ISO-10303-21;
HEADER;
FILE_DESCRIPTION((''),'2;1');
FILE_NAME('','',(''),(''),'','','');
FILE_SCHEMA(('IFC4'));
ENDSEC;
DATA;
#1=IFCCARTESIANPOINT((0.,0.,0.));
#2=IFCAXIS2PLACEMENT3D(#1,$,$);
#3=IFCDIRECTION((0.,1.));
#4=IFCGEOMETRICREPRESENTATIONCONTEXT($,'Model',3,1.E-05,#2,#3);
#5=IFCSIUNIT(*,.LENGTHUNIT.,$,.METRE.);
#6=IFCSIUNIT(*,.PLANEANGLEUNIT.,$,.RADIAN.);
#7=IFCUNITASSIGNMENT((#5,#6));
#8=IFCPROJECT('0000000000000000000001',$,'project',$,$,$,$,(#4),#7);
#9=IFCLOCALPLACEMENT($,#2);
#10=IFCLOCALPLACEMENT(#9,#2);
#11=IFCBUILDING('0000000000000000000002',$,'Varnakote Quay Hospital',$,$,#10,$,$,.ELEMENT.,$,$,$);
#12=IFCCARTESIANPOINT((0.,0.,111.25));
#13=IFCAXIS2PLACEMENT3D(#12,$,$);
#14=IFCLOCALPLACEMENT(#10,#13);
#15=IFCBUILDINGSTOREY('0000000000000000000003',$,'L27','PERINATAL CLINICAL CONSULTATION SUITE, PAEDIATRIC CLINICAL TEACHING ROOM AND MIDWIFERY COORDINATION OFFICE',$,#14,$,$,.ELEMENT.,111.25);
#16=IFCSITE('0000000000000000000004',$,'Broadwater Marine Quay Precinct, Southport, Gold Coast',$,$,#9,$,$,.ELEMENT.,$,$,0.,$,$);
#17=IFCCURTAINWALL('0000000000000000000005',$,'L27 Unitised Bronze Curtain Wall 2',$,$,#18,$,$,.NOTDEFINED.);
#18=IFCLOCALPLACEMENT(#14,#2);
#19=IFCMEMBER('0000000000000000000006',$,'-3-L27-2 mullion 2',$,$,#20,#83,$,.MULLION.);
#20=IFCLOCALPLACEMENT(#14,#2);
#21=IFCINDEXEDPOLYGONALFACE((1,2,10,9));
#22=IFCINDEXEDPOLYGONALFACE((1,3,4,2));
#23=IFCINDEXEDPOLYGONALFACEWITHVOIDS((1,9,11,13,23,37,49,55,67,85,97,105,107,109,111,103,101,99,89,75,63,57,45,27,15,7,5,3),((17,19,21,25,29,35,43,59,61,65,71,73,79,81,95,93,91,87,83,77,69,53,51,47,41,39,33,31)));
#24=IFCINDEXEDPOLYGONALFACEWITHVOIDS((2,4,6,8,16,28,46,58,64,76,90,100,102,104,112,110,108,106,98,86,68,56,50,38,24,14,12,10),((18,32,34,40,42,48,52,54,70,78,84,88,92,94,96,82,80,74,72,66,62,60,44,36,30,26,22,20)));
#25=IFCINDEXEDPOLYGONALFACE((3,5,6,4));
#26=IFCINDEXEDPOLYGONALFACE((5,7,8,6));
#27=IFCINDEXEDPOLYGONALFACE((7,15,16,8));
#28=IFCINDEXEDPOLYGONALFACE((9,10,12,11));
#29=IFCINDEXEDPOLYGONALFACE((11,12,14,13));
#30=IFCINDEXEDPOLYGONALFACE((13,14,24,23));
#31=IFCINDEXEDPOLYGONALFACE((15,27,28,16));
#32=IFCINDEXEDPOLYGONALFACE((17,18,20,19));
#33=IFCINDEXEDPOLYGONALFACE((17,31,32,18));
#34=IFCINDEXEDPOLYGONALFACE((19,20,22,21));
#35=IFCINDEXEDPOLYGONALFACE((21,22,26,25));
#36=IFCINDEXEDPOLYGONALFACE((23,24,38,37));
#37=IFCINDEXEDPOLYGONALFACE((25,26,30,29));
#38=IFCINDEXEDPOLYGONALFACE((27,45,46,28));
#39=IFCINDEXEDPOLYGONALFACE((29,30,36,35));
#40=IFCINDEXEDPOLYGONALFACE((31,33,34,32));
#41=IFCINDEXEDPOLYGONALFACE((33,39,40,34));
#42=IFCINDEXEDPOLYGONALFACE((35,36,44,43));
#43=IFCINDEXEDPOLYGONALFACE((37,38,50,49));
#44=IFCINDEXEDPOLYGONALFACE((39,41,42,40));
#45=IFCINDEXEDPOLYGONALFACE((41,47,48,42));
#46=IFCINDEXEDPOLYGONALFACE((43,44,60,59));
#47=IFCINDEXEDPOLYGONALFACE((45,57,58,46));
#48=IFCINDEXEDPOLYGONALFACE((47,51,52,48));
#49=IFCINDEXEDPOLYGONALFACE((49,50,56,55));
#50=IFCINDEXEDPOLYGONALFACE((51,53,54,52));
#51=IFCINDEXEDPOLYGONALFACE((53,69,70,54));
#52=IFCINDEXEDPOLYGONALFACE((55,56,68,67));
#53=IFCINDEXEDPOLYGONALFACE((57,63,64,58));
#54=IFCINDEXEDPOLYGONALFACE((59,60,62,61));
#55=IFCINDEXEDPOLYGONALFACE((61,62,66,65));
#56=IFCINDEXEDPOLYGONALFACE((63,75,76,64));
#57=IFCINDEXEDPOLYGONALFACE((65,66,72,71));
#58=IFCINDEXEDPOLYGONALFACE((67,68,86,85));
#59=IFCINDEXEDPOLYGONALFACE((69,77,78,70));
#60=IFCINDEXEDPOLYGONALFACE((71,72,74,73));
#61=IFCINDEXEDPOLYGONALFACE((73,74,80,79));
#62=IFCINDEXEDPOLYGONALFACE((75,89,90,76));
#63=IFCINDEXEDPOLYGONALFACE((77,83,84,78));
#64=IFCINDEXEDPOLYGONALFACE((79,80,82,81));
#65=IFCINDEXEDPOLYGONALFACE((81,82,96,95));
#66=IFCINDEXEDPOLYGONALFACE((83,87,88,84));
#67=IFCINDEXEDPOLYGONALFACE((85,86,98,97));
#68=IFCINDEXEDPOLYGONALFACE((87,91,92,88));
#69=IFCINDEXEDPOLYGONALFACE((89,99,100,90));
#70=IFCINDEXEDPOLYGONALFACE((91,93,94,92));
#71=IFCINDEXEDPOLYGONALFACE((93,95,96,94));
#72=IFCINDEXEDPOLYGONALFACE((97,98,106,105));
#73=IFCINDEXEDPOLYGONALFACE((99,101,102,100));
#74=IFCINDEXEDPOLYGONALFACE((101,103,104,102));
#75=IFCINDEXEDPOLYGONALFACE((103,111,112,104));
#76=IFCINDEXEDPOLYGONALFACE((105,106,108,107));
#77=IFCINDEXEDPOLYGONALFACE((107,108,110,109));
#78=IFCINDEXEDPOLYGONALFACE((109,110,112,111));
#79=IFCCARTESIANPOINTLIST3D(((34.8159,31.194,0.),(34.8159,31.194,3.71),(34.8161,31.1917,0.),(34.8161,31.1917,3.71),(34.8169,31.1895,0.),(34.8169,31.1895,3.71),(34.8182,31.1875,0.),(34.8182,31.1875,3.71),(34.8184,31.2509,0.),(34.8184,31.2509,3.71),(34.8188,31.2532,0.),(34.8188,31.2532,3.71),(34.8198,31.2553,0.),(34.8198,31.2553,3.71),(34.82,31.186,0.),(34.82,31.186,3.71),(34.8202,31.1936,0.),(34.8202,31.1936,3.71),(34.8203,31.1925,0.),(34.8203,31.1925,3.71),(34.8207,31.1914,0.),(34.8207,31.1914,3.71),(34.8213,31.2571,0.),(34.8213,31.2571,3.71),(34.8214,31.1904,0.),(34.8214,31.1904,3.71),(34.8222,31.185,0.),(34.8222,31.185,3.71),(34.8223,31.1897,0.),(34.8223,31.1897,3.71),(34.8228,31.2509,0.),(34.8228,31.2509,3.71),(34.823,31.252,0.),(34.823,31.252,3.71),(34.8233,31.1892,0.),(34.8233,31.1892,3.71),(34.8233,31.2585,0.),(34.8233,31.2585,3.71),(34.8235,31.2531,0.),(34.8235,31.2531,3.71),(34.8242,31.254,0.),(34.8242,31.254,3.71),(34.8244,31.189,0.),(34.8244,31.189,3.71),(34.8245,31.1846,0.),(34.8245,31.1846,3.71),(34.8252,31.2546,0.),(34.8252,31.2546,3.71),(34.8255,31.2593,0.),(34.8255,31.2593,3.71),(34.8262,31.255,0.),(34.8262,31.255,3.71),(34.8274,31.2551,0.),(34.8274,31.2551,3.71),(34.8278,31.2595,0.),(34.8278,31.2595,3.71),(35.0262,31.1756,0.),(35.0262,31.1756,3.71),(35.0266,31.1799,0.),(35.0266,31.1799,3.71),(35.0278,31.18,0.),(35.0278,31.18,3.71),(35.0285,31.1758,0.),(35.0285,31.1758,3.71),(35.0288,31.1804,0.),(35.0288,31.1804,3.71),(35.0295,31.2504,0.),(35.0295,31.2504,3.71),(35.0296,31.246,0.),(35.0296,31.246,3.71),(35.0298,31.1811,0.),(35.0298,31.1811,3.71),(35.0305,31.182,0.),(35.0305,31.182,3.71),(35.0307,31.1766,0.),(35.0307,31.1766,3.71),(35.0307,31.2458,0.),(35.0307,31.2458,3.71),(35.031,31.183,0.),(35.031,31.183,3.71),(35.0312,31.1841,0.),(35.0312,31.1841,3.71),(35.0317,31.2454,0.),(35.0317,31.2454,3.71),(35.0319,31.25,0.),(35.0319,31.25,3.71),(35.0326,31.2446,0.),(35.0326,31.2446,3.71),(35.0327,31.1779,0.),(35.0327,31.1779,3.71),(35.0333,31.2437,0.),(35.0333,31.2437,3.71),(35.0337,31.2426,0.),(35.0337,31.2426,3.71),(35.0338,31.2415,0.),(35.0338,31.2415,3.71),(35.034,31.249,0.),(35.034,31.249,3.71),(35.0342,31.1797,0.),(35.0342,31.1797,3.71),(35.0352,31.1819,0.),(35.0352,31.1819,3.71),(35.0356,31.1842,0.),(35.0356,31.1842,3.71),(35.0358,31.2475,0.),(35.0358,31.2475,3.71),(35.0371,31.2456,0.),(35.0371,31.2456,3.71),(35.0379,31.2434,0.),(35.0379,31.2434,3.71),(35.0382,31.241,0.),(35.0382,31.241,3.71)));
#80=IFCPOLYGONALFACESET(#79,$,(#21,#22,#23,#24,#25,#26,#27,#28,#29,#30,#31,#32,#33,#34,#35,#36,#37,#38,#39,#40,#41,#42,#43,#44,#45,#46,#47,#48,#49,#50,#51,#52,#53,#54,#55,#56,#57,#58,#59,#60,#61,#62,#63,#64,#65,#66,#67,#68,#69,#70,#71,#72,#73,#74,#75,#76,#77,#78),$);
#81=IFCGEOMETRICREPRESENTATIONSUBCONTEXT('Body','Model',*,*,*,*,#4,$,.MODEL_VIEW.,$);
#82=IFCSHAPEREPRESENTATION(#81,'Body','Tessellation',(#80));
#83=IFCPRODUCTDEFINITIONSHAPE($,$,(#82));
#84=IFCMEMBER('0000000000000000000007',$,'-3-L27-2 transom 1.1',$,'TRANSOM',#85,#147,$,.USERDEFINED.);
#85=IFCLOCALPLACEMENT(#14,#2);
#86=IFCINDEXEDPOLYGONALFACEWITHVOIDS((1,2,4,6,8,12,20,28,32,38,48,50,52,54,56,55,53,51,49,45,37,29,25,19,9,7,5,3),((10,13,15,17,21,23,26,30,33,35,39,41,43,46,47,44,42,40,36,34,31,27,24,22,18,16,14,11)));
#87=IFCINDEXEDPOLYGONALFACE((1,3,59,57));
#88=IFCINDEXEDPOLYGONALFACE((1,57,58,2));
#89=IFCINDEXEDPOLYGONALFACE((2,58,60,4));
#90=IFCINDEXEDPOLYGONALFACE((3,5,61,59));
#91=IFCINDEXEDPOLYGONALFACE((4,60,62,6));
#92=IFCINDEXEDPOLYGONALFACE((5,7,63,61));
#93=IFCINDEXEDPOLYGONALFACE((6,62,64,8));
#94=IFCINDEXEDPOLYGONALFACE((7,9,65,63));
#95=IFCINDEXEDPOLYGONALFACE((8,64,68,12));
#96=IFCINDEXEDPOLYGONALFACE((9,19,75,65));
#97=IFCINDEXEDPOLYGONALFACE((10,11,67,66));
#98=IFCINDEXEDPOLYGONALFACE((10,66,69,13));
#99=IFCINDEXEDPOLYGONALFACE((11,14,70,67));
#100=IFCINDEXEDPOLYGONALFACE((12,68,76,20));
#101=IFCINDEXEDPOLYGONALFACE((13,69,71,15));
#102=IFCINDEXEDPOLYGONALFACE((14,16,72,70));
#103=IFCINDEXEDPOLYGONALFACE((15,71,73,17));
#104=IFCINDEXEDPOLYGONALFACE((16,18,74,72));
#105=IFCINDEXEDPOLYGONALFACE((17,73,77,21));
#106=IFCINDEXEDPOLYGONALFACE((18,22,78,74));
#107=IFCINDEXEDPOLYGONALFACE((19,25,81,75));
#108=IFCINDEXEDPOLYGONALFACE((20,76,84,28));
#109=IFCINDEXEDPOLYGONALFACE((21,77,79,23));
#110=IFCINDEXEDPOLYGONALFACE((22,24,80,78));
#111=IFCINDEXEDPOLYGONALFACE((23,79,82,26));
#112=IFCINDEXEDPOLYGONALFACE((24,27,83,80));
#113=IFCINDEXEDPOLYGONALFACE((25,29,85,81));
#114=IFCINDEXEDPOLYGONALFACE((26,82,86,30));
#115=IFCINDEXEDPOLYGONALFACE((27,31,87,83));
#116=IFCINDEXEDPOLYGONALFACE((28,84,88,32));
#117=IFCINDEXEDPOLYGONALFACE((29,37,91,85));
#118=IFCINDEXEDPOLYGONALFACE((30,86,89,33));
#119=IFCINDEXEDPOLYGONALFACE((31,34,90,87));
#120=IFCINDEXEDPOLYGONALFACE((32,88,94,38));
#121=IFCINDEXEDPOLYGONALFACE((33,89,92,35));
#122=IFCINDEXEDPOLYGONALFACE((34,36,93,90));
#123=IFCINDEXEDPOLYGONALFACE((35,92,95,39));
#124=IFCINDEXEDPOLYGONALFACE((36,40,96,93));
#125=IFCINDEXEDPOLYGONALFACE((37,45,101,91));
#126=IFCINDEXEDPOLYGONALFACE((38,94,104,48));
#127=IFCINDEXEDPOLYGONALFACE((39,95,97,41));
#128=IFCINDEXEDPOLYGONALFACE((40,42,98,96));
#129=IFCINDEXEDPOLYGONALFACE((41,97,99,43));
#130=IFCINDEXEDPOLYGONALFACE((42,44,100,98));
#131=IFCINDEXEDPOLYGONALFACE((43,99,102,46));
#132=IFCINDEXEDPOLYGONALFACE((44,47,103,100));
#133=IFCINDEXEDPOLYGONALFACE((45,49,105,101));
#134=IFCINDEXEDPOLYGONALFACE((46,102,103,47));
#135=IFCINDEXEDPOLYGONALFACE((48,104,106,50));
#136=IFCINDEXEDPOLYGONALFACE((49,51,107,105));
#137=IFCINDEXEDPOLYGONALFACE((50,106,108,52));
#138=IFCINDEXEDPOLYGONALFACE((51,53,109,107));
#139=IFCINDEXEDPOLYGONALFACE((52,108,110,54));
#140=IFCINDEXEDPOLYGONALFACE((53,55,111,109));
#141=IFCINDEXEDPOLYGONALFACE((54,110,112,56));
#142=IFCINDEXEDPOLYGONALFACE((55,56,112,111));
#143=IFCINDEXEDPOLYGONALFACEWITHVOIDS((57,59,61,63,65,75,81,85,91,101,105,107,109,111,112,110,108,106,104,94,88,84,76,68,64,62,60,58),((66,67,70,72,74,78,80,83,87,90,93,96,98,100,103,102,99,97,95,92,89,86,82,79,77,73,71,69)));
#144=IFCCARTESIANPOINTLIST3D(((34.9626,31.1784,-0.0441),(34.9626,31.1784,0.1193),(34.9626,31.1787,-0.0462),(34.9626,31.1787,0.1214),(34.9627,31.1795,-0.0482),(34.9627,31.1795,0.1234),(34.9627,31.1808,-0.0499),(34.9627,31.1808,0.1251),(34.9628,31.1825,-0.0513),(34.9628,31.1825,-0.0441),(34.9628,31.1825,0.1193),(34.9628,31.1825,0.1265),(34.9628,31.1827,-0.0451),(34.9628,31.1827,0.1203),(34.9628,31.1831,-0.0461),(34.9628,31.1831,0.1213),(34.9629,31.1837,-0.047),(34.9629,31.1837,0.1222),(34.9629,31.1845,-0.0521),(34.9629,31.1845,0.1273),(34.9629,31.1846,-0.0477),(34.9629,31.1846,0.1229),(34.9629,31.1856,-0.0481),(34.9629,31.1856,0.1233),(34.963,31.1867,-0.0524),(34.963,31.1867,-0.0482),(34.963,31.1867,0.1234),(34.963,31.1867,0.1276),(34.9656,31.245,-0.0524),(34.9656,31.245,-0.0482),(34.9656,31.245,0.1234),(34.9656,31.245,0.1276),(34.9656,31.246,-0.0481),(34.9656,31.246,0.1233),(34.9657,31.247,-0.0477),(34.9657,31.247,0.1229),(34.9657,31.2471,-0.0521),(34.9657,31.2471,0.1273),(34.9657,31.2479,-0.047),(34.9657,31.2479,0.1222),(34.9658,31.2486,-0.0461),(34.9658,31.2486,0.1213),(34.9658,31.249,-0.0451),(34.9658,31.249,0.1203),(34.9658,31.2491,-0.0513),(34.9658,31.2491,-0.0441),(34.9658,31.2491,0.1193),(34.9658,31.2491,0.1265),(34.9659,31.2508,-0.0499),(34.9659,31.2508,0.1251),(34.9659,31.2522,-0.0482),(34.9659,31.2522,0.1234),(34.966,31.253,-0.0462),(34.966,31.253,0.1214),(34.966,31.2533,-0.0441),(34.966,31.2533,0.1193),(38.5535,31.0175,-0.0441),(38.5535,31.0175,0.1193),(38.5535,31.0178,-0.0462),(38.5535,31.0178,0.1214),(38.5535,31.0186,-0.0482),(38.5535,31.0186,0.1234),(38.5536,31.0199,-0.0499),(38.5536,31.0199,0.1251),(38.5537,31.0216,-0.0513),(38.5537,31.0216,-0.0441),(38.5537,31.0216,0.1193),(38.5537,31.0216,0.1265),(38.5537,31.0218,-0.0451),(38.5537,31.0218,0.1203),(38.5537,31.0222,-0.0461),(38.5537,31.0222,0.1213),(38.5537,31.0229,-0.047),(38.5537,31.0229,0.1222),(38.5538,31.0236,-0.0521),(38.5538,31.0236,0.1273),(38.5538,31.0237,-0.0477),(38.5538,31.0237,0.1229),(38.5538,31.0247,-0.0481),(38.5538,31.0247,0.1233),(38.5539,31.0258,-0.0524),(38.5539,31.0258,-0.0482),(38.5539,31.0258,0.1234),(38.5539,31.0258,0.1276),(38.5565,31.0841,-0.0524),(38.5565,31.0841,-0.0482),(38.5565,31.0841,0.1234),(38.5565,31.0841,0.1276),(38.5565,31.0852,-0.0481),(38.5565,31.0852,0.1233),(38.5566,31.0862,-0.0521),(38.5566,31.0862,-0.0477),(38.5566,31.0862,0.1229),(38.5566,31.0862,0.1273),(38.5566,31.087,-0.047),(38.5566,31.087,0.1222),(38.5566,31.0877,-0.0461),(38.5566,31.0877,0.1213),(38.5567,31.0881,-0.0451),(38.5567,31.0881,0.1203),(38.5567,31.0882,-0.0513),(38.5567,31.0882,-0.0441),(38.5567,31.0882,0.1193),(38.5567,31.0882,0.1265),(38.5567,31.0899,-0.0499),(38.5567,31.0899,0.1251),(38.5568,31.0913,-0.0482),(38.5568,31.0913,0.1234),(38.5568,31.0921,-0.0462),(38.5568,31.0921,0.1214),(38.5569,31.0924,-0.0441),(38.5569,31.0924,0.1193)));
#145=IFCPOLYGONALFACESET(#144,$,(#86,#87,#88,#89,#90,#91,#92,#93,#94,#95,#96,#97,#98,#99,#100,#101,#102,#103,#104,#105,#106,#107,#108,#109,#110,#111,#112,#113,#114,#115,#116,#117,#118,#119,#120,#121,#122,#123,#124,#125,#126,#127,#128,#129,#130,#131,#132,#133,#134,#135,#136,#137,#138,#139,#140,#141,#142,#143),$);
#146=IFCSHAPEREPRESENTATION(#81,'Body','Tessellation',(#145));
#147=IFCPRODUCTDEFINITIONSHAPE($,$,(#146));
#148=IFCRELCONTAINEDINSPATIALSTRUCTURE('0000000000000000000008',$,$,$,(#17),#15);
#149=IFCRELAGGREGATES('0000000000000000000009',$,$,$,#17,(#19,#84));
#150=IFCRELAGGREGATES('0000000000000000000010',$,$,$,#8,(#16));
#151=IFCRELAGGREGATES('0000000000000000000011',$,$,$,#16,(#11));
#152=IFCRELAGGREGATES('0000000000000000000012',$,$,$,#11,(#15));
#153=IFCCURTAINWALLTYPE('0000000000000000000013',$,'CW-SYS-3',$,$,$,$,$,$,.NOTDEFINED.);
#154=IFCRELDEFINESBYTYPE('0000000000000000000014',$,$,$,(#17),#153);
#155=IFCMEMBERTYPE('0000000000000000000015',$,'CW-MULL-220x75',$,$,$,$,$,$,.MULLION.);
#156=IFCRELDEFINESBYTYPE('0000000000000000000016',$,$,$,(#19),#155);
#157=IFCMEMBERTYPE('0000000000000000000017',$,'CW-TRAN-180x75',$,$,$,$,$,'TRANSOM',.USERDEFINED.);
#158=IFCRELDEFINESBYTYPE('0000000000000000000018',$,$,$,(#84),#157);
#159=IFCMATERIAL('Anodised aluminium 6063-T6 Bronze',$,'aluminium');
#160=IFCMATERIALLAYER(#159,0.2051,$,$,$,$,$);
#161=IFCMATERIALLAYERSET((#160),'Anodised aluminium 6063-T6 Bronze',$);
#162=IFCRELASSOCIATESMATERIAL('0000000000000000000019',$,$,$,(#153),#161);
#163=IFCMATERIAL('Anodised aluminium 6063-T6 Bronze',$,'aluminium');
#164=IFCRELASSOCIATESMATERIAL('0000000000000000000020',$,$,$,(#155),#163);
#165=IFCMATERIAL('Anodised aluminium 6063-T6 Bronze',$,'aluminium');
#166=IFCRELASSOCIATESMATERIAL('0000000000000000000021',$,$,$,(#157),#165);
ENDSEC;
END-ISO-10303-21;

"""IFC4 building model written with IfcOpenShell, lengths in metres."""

from ifc_helpers import new_model, si_unit, direction, frame, origin, origin_2d, place, context, subcontext, project, spatial, hollow_rectangle, extrude, material, layer, layer_set, material_profile, profile_set, type_object, element, aggregate, save


model = new_model("IFC4")

# Units and contexts
model_context = context("Model", 3, precision=1e-05, world=origin(), true_north=direction((0.0, 1.0)))
body_context = subcontext(model_context, "Body", "Model", "MODEL_VIEW")
ifc_project = project(units=[si_unit("LENGTHUNIT", "METRE"), si_unit("PLANEANGLEUNIT", "RADIAN")], contexts=[model_context])

# Site, building, storey
site_placement = place(None, origin())
site = spatial("IfcSite", under=ifc_project, at=site_placement, Name="Broadwater Marine Quay Precinct, Southport, Gold Coast", CompositionType="ELEMENT", RefElevation=0.0)
building_placement = place(site_placement, origin())
building = spatial("IfcBuilding", under=site, at=building_placement, Name="Varnakote Quay Hospital", CompositionType="ELEMENT")
storey_placement = place(building_placement, frame((0.0, 0.0, 111.25)))
storey = spatial("IfcBuildingStorey", under=building, at=storey_placement, Name="L27", Description="PERINATAL CLINICAL CONSULTATION SUITE, PAEDIATRIC CLINICAL TEACHING ROOM AND MIDWIFERY COORDINATION OFFICE", CompositionType="ELEMENT", Elevation=111.25)

# Shared definitions
ifc_material_1 = material(Name="Anodised aluminium 6063-T6 Bronze", Category="aluminium")
ifc_layer_1 = layer(ifc_material_1, 0.2051)
ifc_layer_set_1 = layer_set([ifc_layer_1], Name="Anodised aluminium 6063-T6 Bronze")
curtain_wall_type = type_object("IfcCurtainWallType", Name="CW-SYS-3", PredefinedType="NOTDEFINED", material=ifc_layer_set_1)
ifc_material_2 = material(Name="Anodised aluminium 6063-T6 Bronze", Category="aluminium")
ifc_material_profile_1 = material_profile(ifc_material_2, hollow_rectangle(XDim=0.075, YDim=0.22, WallThickness=0.0044, InnerFilletRadius=0.0044, OuterFilletRadius=0.009, at=origin_2d()), Name="CW-MULL-220x75")
ifc_profile_set_1 = profile_set([ifc_material_profile_1], Name="Anodised aluminium 6063-T6 Bronze")
member_type_1 = type_object("IfcMemberType", Name="CW-MULL-220x75", PredefinedType="MULLION", material=ifc_profile_set_1)

# Curtain wall, members
curtain_wall_1_placement = place(storey_placement, origin())
curtain_wall_1 = element("IfcCurtainWall", 1, at=curtain_wall_1_placement, inside=storey, type_object=curtain_wall_type, Name="L27 Unitised Bronze Curtain Wall 2", PredefinedType="NOTDEFINED")
member_1_placement = place(storey_placement, frame((34.927, 31.2175, 0.0), z_axis=(0.0, 0.0, 1.0), x_axis=(-0.044782, -0.998997, 0.0)))
member_1 = element("IfcMember", 2, at=member_1_placement, type_object=member_type_1, Name="-3-L27-2 mullion 2", PredefinedType="MULLION", context=body_context, shape_type="SweptSolid", body=[
    extrude(hollow_rectangle(XDim=0.075, YDim=0.22, WallThickness=0.0044, InnerFilletRadius=0.0044, OuterFilletRadius=0.009, at=origin_2d()), origin(), (0.0, 0.0, 1.0), 3.71),
])
ifc_material_3 = material(Name="Anodised aluminium 6063-T6 Bronze", Category="aluminium")
ifc_material_profile_2 = material_profile(ifc_material_3, hollow_rectangle(XDim=0.075, YDim=0.1799, WallThickness=0.0042, InnerFilletRadius=0.0042, OuterFilletRadius=0.0083, at=origin_2d()), Name="CW-TRAN-180x75")
ifc_profile_set_2 = profile_set([ifc_material_profile_2], Name="Anodised aluminium 6063-T6 Bronze")
member_type_2 = type_object("IfcMemberType", Name="CW-TRAN-180x75", ElementType="TRANSOM", PredefinedType="USERDEFINED", material=ifc_profile_set_2)
member_2_placement = place(storey_placement, frame((38.5552, 31.0549, 0.0376), z_axis=(-0.998998, 0.044761, 0.0), x_axis=(-0.044761, -0.998998, 0.0)))
member_2 = element("IfcMember", 3, at=member_2_placement, type_object=member_type_2, Name="-3-L27-2 transom 1.1", ObjectType="TRANSOM", PredefinedType="USERDEFINED", context=body_context, shape_type="SweptSolid", body=[
    extrude(hollow_rectangle(XDim=0.075, YDim=0.1799, WallThickness=0.0042, InnerFilletRadius=0.0042, OuterFilletRadius=0.0083, at=origin_2d()), origin(), (0.0, 0.0, 1.0), 3.5945),
])

aggregate(curtain_wall_1, [member_1, member_2])

save(model, "model.ifc")
